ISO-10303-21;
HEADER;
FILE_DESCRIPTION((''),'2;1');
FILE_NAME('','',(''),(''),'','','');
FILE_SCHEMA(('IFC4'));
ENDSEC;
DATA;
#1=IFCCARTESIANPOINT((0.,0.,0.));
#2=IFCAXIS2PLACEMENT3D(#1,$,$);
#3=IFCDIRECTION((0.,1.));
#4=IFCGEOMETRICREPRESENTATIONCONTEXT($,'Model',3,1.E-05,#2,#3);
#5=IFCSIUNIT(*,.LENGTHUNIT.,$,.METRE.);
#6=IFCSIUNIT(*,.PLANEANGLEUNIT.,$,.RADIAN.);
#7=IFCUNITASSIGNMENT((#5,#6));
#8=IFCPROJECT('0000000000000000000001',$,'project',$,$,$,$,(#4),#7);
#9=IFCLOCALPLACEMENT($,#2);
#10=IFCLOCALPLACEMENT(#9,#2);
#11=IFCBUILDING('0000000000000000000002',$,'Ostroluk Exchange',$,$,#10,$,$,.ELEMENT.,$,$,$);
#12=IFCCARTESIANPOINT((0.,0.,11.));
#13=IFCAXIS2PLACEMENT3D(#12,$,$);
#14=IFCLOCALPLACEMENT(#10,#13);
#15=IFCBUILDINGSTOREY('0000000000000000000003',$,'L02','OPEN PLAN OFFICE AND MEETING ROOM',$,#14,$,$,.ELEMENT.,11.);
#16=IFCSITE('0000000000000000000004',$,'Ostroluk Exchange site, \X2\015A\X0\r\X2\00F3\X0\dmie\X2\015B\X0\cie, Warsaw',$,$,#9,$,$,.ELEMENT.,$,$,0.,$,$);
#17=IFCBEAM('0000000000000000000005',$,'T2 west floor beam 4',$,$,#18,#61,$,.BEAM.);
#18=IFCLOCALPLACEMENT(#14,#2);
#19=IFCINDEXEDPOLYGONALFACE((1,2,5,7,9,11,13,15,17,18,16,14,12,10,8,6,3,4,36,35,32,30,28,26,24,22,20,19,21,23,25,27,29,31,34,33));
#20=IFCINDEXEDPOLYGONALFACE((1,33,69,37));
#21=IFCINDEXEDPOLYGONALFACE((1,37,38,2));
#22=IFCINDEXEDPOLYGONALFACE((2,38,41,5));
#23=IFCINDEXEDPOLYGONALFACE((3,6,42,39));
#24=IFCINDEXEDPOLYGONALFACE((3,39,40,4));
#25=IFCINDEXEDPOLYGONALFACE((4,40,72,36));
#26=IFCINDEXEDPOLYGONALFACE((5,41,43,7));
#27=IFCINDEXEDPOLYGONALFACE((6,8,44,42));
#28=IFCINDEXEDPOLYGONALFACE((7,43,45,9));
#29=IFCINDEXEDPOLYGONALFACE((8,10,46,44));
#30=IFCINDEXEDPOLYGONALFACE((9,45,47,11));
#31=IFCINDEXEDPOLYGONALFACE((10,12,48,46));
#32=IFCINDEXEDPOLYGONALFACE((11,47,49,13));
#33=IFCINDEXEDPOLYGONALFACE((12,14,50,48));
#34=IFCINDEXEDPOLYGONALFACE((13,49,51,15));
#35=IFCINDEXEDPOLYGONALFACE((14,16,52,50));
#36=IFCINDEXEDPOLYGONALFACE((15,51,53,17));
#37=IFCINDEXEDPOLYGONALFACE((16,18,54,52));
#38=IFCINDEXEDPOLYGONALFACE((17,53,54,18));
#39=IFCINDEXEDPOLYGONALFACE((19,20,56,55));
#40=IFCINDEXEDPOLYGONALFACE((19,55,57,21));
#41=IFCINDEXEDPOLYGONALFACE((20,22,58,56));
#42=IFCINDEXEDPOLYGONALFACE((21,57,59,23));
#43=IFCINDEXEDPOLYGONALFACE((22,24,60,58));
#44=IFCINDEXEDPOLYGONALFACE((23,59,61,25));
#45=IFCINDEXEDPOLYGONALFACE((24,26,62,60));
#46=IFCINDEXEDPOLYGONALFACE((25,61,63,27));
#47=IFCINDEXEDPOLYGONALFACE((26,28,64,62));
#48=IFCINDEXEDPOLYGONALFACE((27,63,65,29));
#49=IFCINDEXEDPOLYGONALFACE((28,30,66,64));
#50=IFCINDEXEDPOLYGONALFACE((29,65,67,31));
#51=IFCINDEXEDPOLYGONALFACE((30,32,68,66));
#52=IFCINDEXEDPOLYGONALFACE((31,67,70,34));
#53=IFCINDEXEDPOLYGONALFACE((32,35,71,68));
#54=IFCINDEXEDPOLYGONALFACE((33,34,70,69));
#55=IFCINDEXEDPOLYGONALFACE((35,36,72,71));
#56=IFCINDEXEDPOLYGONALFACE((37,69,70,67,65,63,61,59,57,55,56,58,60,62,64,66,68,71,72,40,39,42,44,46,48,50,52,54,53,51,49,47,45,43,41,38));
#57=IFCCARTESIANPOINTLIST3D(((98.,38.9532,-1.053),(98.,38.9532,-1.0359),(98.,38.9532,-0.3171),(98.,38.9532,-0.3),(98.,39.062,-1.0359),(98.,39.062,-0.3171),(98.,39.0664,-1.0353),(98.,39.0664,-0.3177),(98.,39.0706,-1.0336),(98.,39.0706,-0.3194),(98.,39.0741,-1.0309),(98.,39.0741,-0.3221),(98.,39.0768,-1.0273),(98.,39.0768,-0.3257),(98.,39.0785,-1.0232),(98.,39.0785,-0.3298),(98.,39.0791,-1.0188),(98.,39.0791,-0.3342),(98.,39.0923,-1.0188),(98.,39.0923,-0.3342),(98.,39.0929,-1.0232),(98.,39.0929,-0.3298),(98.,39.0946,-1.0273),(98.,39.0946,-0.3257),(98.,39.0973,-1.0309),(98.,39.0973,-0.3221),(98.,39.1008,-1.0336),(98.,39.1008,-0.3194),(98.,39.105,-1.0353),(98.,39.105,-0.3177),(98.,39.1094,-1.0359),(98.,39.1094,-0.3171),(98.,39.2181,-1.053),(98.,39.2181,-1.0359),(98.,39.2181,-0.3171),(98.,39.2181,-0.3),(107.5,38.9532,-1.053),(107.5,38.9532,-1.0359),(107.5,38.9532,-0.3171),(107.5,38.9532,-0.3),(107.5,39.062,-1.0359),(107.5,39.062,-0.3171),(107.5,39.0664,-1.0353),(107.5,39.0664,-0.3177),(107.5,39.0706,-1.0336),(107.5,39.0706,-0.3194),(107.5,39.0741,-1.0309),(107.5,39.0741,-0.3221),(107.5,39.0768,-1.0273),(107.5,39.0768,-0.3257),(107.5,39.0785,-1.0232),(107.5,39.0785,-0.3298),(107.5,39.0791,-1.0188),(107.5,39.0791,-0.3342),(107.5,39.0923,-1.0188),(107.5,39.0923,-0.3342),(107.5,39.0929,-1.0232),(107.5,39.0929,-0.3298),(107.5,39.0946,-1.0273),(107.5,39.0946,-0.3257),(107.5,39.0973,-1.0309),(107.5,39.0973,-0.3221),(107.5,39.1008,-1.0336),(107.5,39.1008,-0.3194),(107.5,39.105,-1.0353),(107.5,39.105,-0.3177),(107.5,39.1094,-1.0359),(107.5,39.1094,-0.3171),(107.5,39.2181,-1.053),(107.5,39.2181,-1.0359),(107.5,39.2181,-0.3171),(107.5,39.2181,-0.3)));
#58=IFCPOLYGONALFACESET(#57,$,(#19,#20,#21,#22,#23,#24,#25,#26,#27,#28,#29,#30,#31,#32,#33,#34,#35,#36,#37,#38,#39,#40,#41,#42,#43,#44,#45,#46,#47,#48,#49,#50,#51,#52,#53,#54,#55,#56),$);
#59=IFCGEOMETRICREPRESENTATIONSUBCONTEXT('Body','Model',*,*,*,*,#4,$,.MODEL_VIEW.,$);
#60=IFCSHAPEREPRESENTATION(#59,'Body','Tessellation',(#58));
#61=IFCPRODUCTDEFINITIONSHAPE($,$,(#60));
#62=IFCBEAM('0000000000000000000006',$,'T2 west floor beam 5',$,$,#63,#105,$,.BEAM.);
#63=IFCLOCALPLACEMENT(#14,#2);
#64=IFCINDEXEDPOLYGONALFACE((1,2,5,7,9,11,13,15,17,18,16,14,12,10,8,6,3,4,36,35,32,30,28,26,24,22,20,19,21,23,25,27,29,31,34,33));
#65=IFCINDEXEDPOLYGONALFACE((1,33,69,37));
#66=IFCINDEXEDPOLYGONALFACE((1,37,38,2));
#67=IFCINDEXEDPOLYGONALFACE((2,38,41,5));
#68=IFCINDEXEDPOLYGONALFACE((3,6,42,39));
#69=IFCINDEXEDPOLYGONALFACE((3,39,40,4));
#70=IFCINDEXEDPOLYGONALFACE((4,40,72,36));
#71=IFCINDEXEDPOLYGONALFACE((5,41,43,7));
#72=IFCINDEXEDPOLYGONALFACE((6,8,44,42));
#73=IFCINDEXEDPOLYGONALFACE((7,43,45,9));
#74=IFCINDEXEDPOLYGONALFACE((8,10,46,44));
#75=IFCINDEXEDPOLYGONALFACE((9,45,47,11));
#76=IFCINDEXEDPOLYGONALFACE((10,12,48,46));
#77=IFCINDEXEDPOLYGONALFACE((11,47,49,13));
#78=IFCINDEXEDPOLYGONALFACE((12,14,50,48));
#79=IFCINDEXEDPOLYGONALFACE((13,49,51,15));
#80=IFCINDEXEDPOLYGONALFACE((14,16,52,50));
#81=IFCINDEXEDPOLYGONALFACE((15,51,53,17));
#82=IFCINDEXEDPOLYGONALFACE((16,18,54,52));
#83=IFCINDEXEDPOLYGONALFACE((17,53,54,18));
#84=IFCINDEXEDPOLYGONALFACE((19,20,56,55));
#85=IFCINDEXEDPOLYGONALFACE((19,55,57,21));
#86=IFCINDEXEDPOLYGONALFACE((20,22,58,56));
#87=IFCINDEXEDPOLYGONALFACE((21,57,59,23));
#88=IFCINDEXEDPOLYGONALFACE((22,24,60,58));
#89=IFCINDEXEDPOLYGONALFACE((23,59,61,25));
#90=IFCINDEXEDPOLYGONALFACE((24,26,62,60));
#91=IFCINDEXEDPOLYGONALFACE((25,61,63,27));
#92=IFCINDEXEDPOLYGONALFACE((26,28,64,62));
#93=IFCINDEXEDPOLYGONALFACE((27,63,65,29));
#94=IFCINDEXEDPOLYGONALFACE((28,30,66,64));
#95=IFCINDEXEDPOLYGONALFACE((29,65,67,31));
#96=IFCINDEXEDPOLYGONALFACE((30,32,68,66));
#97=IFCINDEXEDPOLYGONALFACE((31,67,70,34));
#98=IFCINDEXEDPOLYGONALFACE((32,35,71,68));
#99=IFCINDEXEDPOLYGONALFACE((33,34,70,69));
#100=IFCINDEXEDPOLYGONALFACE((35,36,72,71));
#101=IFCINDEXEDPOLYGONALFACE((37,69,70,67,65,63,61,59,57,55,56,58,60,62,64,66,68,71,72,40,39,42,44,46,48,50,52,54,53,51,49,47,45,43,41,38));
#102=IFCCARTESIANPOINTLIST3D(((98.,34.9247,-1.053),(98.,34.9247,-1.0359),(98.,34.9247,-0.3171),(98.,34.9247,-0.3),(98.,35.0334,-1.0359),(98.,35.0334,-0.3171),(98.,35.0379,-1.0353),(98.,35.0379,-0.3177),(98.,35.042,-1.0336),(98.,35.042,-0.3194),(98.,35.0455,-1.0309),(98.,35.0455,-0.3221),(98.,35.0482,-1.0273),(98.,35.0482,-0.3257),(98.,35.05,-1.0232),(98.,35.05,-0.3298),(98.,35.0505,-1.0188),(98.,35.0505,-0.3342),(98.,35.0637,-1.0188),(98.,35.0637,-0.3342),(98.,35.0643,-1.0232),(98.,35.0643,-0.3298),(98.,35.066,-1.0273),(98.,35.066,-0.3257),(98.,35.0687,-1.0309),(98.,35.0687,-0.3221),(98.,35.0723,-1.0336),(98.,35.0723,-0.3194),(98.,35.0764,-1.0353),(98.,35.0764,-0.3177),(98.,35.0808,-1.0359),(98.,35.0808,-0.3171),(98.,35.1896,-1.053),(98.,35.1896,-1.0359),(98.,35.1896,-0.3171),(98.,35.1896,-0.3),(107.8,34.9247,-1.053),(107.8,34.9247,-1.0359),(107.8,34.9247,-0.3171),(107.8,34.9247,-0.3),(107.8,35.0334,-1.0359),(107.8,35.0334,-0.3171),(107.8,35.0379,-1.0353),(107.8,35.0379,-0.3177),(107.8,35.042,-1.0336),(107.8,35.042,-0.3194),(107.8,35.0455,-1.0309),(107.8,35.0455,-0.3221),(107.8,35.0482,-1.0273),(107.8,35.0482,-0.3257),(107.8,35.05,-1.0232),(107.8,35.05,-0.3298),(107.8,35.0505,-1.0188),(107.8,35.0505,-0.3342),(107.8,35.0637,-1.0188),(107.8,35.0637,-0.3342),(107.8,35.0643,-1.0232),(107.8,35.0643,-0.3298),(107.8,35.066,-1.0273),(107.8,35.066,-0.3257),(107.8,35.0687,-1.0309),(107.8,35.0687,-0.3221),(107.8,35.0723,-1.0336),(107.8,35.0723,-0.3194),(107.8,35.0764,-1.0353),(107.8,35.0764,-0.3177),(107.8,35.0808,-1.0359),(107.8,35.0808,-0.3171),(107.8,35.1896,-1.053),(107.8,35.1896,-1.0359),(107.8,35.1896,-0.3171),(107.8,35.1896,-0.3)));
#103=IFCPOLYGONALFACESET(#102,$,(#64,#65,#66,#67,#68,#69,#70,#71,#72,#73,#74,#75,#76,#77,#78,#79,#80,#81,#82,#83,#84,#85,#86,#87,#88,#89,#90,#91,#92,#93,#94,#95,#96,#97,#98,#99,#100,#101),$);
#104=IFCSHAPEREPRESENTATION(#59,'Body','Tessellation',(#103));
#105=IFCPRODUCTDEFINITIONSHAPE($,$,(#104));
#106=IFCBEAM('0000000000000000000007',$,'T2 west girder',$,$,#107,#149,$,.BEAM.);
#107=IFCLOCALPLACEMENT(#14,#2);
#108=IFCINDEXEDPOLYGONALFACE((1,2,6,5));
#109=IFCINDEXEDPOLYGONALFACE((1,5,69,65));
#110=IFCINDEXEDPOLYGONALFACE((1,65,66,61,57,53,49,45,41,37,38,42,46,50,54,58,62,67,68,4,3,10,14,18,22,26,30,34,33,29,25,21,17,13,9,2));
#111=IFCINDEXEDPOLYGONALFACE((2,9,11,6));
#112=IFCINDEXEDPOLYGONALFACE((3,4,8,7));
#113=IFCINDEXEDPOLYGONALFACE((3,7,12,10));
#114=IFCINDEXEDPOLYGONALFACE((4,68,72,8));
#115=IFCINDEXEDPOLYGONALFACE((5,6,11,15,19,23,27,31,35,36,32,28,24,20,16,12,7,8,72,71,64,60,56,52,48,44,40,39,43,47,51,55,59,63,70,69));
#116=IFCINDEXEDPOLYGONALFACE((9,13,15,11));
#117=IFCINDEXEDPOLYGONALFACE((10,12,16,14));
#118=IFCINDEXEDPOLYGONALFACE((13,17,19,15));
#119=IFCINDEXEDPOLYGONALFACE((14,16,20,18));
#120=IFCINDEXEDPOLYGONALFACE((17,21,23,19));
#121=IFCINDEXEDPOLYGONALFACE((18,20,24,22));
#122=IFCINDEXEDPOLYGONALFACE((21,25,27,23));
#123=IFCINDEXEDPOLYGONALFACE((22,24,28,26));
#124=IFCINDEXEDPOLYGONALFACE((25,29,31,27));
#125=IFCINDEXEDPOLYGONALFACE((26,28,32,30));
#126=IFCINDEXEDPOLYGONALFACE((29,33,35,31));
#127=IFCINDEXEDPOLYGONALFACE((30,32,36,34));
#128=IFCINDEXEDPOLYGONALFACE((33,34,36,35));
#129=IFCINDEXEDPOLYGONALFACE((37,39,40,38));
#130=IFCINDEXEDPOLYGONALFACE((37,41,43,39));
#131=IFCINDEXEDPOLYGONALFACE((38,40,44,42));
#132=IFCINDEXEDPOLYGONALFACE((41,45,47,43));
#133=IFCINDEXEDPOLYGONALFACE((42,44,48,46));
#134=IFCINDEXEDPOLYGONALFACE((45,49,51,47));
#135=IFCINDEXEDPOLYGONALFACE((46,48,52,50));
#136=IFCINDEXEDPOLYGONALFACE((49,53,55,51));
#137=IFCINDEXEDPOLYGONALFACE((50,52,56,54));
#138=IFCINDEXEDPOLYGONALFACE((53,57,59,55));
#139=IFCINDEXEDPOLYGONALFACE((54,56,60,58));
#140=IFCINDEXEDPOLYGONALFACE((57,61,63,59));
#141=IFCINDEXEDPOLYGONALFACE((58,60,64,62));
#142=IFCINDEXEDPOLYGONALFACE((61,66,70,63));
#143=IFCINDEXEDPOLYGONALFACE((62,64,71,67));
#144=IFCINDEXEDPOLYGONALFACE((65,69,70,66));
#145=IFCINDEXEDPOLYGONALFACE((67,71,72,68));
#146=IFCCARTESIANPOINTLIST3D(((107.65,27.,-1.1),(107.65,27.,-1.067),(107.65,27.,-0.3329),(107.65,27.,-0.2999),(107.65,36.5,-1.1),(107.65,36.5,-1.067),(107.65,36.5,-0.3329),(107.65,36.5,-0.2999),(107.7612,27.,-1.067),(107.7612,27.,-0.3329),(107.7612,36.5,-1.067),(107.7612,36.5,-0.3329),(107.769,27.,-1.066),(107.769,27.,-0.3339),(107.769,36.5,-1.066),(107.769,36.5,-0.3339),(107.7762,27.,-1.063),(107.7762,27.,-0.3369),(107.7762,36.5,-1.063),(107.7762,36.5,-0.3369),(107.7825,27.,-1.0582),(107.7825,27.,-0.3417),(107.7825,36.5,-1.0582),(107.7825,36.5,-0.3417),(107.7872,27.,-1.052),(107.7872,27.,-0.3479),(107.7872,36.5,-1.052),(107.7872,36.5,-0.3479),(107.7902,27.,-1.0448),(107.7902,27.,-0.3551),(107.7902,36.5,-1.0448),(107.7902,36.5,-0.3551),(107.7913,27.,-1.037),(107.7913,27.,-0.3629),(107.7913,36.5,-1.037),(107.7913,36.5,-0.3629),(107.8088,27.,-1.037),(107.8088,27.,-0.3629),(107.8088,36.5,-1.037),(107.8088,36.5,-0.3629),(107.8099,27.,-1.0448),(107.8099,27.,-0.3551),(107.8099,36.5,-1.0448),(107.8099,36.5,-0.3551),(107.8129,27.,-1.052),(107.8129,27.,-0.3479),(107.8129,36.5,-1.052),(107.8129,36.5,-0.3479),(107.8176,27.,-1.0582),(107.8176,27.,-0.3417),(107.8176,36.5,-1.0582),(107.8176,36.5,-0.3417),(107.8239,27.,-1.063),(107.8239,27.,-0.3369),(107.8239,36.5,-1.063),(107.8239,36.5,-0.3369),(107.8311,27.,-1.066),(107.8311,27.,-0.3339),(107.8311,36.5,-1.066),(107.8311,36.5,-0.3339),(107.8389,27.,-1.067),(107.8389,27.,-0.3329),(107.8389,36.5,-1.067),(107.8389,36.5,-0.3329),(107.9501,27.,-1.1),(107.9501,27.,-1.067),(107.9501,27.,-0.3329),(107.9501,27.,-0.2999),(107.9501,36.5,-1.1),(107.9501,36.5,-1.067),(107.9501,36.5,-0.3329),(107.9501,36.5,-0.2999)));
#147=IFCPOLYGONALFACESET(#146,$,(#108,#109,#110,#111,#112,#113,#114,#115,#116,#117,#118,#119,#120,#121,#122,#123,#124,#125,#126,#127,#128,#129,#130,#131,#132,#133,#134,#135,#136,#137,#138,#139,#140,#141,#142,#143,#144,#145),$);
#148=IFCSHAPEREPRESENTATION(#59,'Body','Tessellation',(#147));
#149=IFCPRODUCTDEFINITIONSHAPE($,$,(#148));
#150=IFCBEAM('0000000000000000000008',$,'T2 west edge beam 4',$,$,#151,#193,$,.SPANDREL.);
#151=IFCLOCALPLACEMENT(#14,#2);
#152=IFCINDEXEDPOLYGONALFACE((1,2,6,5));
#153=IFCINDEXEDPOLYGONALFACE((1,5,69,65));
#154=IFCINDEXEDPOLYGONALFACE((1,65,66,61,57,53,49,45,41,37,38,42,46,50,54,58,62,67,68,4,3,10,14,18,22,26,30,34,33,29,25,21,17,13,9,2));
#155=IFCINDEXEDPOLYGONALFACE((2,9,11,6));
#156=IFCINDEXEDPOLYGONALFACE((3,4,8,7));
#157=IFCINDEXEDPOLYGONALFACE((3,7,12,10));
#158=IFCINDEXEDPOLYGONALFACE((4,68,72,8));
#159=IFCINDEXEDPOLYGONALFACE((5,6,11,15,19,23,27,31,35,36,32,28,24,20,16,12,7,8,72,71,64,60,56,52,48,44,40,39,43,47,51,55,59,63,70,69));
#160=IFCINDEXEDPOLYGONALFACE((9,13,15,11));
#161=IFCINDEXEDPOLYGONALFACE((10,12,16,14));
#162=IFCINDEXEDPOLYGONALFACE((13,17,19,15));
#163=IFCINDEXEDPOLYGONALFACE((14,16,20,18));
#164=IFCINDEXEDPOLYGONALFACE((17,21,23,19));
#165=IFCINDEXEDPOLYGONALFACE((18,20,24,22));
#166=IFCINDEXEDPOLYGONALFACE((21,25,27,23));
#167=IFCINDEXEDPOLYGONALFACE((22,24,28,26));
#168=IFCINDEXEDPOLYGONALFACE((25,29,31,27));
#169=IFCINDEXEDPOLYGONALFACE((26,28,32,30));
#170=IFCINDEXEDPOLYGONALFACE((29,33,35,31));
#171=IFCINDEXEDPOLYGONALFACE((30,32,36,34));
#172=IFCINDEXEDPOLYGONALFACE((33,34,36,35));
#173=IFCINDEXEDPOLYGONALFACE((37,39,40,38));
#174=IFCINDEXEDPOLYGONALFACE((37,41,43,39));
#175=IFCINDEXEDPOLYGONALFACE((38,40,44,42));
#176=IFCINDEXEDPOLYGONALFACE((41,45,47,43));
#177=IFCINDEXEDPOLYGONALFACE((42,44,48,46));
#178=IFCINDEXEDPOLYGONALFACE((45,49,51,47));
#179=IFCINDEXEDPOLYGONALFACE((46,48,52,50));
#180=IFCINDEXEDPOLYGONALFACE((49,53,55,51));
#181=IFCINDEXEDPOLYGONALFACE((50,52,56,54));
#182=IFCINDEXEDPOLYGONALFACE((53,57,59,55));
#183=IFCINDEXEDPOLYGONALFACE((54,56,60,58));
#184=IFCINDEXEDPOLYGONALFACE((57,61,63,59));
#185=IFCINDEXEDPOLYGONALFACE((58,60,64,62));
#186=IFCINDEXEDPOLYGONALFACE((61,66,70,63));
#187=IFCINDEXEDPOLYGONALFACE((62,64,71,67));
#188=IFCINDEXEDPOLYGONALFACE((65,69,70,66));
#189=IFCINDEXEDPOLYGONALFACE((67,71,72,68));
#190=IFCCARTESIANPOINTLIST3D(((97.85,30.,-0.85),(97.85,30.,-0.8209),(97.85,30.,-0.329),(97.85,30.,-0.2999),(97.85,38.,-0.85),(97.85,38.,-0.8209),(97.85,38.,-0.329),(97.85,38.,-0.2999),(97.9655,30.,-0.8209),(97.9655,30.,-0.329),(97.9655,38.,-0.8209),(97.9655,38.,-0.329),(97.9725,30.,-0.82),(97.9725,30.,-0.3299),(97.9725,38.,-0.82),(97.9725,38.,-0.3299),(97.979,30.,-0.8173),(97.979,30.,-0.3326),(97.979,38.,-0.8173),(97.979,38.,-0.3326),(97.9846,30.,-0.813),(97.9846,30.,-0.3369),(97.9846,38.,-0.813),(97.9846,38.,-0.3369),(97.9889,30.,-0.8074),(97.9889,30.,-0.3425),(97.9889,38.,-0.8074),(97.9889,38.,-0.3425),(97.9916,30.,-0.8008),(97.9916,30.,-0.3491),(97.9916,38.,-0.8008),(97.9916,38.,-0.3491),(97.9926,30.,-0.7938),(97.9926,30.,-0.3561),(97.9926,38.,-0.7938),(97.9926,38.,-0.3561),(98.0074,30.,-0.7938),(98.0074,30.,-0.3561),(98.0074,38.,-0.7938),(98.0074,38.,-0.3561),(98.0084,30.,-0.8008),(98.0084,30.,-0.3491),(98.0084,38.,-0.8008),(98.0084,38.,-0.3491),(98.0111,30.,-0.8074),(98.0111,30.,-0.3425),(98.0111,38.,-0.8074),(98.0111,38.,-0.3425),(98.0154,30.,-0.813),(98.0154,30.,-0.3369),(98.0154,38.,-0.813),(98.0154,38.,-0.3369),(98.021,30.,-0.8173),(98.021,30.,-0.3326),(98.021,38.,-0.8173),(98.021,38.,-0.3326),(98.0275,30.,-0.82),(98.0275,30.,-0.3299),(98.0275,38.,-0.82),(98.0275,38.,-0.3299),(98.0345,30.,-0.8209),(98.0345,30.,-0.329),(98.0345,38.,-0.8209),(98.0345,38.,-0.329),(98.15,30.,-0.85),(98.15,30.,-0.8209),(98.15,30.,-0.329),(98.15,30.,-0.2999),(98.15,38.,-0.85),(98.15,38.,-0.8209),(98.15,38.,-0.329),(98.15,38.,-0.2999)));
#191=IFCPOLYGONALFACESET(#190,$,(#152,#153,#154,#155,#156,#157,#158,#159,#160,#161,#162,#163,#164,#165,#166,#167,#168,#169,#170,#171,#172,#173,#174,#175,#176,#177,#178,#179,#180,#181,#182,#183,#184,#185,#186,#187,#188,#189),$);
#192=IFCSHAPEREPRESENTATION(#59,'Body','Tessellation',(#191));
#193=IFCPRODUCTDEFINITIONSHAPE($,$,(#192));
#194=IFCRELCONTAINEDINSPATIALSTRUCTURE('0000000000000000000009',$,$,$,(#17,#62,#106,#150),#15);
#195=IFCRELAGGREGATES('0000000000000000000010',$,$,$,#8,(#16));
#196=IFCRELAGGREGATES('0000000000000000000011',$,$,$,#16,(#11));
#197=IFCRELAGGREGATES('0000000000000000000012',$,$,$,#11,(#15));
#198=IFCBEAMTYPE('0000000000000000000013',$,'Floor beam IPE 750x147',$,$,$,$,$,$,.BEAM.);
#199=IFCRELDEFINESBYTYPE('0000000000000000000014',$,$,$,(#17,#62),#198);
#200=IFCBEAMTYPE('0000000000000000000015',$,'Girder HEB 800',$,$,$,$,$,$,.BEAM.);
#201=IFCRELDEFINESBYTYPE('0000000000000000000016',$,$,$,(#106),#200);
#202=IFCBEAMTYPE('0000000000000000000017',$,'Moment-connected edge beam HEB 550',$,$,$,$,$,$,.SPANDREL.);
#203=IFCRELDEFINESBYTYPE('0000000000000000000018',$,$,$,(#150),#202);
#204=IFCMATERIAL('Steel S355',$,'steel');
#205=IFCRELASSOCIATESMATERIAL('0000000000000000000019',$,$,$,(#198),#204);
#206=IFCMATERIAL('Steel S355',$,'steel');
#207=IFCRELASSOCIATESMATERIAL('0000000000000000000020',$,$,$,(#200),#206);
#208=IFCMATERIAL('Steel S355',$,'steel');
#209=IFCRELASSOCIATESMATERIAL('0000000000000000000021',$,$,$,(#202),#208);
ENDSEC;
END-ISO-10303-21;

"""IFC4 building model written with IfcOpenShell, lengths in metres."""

from ifc_helpers import new_model, si_unit, direction, frame, origin, origin_2d, place, context, subcontext, project, spatial, i_section, extrude, material, material_profile, profile_set, type_object, element, save


model = new_model("IFC4")

# Units and contexts
model_context = context("Model", 3, precision=1e-05, world=origin(), true_north=direction((0.0, 1.0)))
body_context = subcontext(model_context, "Body", "Model", "MODEL_VIEW")
ifc_project = project(units=[si_unit("LENGTHUNIT", "METRE"), si_unit("PLANEANGLEUNIT", "RADIAN")], contexts=[model_context])

# Site, building, storey
site_placement = place(None, origin())
site = spatial("IfcSite", under=ifc_project, at=site_placement, Name="Ostroluk Exchange site, Śródmieście, Warsaw", CompositionType="ELEMENT", RefElevation=0.0)
building_placement = place(site_placement, origin())
building = spatial("IfcBuilding", under=site, at=building_placement, Name="Ostroluk Exchange", CompositionType="ELEMENT")
storey_placement = place(building_placement, frame((0.0, 0.0, 11.0)))
storey = spatial("IfcBuildingStorey", under=building, at=storey_placement, Name="L02", Description="OPEN PLAN OFFICE AND MEETING ROOM", CompositionType="ELEMENT", Elevation=11.0)

# Beams
ifc_material_1 = material(Name="Steel S355", Category="steel")
ifc_material_profile_1 = material_profile(ifc_material_1, i_section(OverallWidth=0.2649, OverallDepth=0.7529, WebThickness=0.0132, FlangeThickness=0.0171, FilletRadius=0.0171, at=origin_2d()), Name="IPE 750x147")
ifc_profile_set_1 = profile_set([ifc_material_profile_1], Name="Steel S355")
beam_type_1 = type_object("IfcBeamType", Name="Floor beam IPE 750x147", PredefinedType="BEAM", material=ifc_profile_set_1)
beam_1_placement = place(storey_placement, frame((107.5, 39.0857, -0.6765), z_axis=(-1.0, 0.0, 0.0), x_axis=(0.0, -1.0, 0.0)))
element("IfcBeam", 1, at=beam_1_placement, inside=storey, type_object=beam_type_1, Name="T2 west floor beam 4", PredefinedType="BEAM", context=body_context, shape_type="SweptSolid", body=[
    extrude(i_section(OverallWidth=0.2649, OverallDepth=0.7529, WebThickness=0.0132, FlangeThickness=0.0171, FilletRadius=0.0171, at=origin_2d()), origin(), (0.0, 0.0, 1.0), 9.5),
])
beam_2_placement = place(storey_placement, frame((107.8, 35.0571, -0.6765), z_axis=(-1.0, 0.0, 0.0), x_axis=(0.0, -1.0, 0.0)))
element("IfcBeam", 2, at=beam_2_placement, inside=storey, type_object=beam_type_1, Name="T2 west floor beam 5", PredefinedType="BEAM", context=body_context, shape_type="SweptSolid", body=[
    extrude(i_section(OverallWidth=0.2649, OverallDepth=0.7529, WebThickness=0.0132, FlangeThickness=0.0171, FilletRadius=0.0171, at=origin_2d()), origin(), (0.0, 0.0, 1.0), 9.8),
])
ifc_material_2 = material(Name="Steel S355", Category="steel")
ifc_material_profile_2 = material_profile(ifc_material_2, i_section(OverallWidth=0.3, OverallDepth=0.8, WebThickness=0.0176, FlangeThickness=0.033, FilletRadius=0.03, at=origin_2d()), Name="HEB 800")
ifc_profile_set_2 = profile_set([ifc_material_profile_2], Name="Steel S355")
beam_type_2 = type_object("IfcBeamType", Name="Girder HEB 800", PredefinedType="BEAM", material=ifc_profile_set_2)
beam_3_placement = place(storey_placement, frame((107.8, 36.5, -0.7), z_axis=(0.0, -1.0, 0.0), x_axis=(1.0, 0.0, 0.0)))
element("IfcBeam", 3, at=beam_3_placement, inside=storey, type_object=beam_type_2, Name="T2 west girder", PredefinedType="BEAM", context=body_context, shape_type="SweptSolid", body=[
    extrude(i_section(OverallWidth=0.3, OverallDepth=0.8, WebThickness=0.0176, FlangeThickness=0.033, FilletRadius=0.03, at=origin_2d()), origin(), (0.0, 0.0, 1.0), 9.5),
])
ifc_material_3 = material(Name="Steel S355", Category="steel")
ifc_material_profile_3 = material_profile(ifc_material_3, i_section(OverallWidth=0.3, OverallDepth=0.55, WebThickness=0.0149, FlangeThickness=0.0291, FilletRadius=0.0271, at=origin_2d()), Name="HEB 550")
ifc_profile_set_3 = profile_set([ifc_material_profile_3], Name="Steel S355")
beam_type_3 = type_object("IfcBeamType", Name="Moment-connected edge beam HEB 550", PredefinedType="SPANDREL", material=ifc_profile_set_3)
beam_4_placement = place(storey_placement, frame((98.0, 38.0, -0.575), z_axis=(0.0, -1.0, 0.0), x_axis=(1.0, 0.0, 0.0)))
element("IfcBeam", 4, at=beam_4_placement, inside=storey, type_object=beam_type_3, Name="T2 west edge beam 4", PredefinedType="SPANDREL", context=body_context, shape_type="SweptSolid", body=[
    extrude(i_section(OverallWidth=0.3, OverallDepth=0.55, WebThickness=0.0149, FlangeThickness=0.0291, FilletRadius=0.0271, at=origin_2d()), origin(), (0.0, 0.0, 1.0), 8.0),
])

save(model, "model.ifc")
